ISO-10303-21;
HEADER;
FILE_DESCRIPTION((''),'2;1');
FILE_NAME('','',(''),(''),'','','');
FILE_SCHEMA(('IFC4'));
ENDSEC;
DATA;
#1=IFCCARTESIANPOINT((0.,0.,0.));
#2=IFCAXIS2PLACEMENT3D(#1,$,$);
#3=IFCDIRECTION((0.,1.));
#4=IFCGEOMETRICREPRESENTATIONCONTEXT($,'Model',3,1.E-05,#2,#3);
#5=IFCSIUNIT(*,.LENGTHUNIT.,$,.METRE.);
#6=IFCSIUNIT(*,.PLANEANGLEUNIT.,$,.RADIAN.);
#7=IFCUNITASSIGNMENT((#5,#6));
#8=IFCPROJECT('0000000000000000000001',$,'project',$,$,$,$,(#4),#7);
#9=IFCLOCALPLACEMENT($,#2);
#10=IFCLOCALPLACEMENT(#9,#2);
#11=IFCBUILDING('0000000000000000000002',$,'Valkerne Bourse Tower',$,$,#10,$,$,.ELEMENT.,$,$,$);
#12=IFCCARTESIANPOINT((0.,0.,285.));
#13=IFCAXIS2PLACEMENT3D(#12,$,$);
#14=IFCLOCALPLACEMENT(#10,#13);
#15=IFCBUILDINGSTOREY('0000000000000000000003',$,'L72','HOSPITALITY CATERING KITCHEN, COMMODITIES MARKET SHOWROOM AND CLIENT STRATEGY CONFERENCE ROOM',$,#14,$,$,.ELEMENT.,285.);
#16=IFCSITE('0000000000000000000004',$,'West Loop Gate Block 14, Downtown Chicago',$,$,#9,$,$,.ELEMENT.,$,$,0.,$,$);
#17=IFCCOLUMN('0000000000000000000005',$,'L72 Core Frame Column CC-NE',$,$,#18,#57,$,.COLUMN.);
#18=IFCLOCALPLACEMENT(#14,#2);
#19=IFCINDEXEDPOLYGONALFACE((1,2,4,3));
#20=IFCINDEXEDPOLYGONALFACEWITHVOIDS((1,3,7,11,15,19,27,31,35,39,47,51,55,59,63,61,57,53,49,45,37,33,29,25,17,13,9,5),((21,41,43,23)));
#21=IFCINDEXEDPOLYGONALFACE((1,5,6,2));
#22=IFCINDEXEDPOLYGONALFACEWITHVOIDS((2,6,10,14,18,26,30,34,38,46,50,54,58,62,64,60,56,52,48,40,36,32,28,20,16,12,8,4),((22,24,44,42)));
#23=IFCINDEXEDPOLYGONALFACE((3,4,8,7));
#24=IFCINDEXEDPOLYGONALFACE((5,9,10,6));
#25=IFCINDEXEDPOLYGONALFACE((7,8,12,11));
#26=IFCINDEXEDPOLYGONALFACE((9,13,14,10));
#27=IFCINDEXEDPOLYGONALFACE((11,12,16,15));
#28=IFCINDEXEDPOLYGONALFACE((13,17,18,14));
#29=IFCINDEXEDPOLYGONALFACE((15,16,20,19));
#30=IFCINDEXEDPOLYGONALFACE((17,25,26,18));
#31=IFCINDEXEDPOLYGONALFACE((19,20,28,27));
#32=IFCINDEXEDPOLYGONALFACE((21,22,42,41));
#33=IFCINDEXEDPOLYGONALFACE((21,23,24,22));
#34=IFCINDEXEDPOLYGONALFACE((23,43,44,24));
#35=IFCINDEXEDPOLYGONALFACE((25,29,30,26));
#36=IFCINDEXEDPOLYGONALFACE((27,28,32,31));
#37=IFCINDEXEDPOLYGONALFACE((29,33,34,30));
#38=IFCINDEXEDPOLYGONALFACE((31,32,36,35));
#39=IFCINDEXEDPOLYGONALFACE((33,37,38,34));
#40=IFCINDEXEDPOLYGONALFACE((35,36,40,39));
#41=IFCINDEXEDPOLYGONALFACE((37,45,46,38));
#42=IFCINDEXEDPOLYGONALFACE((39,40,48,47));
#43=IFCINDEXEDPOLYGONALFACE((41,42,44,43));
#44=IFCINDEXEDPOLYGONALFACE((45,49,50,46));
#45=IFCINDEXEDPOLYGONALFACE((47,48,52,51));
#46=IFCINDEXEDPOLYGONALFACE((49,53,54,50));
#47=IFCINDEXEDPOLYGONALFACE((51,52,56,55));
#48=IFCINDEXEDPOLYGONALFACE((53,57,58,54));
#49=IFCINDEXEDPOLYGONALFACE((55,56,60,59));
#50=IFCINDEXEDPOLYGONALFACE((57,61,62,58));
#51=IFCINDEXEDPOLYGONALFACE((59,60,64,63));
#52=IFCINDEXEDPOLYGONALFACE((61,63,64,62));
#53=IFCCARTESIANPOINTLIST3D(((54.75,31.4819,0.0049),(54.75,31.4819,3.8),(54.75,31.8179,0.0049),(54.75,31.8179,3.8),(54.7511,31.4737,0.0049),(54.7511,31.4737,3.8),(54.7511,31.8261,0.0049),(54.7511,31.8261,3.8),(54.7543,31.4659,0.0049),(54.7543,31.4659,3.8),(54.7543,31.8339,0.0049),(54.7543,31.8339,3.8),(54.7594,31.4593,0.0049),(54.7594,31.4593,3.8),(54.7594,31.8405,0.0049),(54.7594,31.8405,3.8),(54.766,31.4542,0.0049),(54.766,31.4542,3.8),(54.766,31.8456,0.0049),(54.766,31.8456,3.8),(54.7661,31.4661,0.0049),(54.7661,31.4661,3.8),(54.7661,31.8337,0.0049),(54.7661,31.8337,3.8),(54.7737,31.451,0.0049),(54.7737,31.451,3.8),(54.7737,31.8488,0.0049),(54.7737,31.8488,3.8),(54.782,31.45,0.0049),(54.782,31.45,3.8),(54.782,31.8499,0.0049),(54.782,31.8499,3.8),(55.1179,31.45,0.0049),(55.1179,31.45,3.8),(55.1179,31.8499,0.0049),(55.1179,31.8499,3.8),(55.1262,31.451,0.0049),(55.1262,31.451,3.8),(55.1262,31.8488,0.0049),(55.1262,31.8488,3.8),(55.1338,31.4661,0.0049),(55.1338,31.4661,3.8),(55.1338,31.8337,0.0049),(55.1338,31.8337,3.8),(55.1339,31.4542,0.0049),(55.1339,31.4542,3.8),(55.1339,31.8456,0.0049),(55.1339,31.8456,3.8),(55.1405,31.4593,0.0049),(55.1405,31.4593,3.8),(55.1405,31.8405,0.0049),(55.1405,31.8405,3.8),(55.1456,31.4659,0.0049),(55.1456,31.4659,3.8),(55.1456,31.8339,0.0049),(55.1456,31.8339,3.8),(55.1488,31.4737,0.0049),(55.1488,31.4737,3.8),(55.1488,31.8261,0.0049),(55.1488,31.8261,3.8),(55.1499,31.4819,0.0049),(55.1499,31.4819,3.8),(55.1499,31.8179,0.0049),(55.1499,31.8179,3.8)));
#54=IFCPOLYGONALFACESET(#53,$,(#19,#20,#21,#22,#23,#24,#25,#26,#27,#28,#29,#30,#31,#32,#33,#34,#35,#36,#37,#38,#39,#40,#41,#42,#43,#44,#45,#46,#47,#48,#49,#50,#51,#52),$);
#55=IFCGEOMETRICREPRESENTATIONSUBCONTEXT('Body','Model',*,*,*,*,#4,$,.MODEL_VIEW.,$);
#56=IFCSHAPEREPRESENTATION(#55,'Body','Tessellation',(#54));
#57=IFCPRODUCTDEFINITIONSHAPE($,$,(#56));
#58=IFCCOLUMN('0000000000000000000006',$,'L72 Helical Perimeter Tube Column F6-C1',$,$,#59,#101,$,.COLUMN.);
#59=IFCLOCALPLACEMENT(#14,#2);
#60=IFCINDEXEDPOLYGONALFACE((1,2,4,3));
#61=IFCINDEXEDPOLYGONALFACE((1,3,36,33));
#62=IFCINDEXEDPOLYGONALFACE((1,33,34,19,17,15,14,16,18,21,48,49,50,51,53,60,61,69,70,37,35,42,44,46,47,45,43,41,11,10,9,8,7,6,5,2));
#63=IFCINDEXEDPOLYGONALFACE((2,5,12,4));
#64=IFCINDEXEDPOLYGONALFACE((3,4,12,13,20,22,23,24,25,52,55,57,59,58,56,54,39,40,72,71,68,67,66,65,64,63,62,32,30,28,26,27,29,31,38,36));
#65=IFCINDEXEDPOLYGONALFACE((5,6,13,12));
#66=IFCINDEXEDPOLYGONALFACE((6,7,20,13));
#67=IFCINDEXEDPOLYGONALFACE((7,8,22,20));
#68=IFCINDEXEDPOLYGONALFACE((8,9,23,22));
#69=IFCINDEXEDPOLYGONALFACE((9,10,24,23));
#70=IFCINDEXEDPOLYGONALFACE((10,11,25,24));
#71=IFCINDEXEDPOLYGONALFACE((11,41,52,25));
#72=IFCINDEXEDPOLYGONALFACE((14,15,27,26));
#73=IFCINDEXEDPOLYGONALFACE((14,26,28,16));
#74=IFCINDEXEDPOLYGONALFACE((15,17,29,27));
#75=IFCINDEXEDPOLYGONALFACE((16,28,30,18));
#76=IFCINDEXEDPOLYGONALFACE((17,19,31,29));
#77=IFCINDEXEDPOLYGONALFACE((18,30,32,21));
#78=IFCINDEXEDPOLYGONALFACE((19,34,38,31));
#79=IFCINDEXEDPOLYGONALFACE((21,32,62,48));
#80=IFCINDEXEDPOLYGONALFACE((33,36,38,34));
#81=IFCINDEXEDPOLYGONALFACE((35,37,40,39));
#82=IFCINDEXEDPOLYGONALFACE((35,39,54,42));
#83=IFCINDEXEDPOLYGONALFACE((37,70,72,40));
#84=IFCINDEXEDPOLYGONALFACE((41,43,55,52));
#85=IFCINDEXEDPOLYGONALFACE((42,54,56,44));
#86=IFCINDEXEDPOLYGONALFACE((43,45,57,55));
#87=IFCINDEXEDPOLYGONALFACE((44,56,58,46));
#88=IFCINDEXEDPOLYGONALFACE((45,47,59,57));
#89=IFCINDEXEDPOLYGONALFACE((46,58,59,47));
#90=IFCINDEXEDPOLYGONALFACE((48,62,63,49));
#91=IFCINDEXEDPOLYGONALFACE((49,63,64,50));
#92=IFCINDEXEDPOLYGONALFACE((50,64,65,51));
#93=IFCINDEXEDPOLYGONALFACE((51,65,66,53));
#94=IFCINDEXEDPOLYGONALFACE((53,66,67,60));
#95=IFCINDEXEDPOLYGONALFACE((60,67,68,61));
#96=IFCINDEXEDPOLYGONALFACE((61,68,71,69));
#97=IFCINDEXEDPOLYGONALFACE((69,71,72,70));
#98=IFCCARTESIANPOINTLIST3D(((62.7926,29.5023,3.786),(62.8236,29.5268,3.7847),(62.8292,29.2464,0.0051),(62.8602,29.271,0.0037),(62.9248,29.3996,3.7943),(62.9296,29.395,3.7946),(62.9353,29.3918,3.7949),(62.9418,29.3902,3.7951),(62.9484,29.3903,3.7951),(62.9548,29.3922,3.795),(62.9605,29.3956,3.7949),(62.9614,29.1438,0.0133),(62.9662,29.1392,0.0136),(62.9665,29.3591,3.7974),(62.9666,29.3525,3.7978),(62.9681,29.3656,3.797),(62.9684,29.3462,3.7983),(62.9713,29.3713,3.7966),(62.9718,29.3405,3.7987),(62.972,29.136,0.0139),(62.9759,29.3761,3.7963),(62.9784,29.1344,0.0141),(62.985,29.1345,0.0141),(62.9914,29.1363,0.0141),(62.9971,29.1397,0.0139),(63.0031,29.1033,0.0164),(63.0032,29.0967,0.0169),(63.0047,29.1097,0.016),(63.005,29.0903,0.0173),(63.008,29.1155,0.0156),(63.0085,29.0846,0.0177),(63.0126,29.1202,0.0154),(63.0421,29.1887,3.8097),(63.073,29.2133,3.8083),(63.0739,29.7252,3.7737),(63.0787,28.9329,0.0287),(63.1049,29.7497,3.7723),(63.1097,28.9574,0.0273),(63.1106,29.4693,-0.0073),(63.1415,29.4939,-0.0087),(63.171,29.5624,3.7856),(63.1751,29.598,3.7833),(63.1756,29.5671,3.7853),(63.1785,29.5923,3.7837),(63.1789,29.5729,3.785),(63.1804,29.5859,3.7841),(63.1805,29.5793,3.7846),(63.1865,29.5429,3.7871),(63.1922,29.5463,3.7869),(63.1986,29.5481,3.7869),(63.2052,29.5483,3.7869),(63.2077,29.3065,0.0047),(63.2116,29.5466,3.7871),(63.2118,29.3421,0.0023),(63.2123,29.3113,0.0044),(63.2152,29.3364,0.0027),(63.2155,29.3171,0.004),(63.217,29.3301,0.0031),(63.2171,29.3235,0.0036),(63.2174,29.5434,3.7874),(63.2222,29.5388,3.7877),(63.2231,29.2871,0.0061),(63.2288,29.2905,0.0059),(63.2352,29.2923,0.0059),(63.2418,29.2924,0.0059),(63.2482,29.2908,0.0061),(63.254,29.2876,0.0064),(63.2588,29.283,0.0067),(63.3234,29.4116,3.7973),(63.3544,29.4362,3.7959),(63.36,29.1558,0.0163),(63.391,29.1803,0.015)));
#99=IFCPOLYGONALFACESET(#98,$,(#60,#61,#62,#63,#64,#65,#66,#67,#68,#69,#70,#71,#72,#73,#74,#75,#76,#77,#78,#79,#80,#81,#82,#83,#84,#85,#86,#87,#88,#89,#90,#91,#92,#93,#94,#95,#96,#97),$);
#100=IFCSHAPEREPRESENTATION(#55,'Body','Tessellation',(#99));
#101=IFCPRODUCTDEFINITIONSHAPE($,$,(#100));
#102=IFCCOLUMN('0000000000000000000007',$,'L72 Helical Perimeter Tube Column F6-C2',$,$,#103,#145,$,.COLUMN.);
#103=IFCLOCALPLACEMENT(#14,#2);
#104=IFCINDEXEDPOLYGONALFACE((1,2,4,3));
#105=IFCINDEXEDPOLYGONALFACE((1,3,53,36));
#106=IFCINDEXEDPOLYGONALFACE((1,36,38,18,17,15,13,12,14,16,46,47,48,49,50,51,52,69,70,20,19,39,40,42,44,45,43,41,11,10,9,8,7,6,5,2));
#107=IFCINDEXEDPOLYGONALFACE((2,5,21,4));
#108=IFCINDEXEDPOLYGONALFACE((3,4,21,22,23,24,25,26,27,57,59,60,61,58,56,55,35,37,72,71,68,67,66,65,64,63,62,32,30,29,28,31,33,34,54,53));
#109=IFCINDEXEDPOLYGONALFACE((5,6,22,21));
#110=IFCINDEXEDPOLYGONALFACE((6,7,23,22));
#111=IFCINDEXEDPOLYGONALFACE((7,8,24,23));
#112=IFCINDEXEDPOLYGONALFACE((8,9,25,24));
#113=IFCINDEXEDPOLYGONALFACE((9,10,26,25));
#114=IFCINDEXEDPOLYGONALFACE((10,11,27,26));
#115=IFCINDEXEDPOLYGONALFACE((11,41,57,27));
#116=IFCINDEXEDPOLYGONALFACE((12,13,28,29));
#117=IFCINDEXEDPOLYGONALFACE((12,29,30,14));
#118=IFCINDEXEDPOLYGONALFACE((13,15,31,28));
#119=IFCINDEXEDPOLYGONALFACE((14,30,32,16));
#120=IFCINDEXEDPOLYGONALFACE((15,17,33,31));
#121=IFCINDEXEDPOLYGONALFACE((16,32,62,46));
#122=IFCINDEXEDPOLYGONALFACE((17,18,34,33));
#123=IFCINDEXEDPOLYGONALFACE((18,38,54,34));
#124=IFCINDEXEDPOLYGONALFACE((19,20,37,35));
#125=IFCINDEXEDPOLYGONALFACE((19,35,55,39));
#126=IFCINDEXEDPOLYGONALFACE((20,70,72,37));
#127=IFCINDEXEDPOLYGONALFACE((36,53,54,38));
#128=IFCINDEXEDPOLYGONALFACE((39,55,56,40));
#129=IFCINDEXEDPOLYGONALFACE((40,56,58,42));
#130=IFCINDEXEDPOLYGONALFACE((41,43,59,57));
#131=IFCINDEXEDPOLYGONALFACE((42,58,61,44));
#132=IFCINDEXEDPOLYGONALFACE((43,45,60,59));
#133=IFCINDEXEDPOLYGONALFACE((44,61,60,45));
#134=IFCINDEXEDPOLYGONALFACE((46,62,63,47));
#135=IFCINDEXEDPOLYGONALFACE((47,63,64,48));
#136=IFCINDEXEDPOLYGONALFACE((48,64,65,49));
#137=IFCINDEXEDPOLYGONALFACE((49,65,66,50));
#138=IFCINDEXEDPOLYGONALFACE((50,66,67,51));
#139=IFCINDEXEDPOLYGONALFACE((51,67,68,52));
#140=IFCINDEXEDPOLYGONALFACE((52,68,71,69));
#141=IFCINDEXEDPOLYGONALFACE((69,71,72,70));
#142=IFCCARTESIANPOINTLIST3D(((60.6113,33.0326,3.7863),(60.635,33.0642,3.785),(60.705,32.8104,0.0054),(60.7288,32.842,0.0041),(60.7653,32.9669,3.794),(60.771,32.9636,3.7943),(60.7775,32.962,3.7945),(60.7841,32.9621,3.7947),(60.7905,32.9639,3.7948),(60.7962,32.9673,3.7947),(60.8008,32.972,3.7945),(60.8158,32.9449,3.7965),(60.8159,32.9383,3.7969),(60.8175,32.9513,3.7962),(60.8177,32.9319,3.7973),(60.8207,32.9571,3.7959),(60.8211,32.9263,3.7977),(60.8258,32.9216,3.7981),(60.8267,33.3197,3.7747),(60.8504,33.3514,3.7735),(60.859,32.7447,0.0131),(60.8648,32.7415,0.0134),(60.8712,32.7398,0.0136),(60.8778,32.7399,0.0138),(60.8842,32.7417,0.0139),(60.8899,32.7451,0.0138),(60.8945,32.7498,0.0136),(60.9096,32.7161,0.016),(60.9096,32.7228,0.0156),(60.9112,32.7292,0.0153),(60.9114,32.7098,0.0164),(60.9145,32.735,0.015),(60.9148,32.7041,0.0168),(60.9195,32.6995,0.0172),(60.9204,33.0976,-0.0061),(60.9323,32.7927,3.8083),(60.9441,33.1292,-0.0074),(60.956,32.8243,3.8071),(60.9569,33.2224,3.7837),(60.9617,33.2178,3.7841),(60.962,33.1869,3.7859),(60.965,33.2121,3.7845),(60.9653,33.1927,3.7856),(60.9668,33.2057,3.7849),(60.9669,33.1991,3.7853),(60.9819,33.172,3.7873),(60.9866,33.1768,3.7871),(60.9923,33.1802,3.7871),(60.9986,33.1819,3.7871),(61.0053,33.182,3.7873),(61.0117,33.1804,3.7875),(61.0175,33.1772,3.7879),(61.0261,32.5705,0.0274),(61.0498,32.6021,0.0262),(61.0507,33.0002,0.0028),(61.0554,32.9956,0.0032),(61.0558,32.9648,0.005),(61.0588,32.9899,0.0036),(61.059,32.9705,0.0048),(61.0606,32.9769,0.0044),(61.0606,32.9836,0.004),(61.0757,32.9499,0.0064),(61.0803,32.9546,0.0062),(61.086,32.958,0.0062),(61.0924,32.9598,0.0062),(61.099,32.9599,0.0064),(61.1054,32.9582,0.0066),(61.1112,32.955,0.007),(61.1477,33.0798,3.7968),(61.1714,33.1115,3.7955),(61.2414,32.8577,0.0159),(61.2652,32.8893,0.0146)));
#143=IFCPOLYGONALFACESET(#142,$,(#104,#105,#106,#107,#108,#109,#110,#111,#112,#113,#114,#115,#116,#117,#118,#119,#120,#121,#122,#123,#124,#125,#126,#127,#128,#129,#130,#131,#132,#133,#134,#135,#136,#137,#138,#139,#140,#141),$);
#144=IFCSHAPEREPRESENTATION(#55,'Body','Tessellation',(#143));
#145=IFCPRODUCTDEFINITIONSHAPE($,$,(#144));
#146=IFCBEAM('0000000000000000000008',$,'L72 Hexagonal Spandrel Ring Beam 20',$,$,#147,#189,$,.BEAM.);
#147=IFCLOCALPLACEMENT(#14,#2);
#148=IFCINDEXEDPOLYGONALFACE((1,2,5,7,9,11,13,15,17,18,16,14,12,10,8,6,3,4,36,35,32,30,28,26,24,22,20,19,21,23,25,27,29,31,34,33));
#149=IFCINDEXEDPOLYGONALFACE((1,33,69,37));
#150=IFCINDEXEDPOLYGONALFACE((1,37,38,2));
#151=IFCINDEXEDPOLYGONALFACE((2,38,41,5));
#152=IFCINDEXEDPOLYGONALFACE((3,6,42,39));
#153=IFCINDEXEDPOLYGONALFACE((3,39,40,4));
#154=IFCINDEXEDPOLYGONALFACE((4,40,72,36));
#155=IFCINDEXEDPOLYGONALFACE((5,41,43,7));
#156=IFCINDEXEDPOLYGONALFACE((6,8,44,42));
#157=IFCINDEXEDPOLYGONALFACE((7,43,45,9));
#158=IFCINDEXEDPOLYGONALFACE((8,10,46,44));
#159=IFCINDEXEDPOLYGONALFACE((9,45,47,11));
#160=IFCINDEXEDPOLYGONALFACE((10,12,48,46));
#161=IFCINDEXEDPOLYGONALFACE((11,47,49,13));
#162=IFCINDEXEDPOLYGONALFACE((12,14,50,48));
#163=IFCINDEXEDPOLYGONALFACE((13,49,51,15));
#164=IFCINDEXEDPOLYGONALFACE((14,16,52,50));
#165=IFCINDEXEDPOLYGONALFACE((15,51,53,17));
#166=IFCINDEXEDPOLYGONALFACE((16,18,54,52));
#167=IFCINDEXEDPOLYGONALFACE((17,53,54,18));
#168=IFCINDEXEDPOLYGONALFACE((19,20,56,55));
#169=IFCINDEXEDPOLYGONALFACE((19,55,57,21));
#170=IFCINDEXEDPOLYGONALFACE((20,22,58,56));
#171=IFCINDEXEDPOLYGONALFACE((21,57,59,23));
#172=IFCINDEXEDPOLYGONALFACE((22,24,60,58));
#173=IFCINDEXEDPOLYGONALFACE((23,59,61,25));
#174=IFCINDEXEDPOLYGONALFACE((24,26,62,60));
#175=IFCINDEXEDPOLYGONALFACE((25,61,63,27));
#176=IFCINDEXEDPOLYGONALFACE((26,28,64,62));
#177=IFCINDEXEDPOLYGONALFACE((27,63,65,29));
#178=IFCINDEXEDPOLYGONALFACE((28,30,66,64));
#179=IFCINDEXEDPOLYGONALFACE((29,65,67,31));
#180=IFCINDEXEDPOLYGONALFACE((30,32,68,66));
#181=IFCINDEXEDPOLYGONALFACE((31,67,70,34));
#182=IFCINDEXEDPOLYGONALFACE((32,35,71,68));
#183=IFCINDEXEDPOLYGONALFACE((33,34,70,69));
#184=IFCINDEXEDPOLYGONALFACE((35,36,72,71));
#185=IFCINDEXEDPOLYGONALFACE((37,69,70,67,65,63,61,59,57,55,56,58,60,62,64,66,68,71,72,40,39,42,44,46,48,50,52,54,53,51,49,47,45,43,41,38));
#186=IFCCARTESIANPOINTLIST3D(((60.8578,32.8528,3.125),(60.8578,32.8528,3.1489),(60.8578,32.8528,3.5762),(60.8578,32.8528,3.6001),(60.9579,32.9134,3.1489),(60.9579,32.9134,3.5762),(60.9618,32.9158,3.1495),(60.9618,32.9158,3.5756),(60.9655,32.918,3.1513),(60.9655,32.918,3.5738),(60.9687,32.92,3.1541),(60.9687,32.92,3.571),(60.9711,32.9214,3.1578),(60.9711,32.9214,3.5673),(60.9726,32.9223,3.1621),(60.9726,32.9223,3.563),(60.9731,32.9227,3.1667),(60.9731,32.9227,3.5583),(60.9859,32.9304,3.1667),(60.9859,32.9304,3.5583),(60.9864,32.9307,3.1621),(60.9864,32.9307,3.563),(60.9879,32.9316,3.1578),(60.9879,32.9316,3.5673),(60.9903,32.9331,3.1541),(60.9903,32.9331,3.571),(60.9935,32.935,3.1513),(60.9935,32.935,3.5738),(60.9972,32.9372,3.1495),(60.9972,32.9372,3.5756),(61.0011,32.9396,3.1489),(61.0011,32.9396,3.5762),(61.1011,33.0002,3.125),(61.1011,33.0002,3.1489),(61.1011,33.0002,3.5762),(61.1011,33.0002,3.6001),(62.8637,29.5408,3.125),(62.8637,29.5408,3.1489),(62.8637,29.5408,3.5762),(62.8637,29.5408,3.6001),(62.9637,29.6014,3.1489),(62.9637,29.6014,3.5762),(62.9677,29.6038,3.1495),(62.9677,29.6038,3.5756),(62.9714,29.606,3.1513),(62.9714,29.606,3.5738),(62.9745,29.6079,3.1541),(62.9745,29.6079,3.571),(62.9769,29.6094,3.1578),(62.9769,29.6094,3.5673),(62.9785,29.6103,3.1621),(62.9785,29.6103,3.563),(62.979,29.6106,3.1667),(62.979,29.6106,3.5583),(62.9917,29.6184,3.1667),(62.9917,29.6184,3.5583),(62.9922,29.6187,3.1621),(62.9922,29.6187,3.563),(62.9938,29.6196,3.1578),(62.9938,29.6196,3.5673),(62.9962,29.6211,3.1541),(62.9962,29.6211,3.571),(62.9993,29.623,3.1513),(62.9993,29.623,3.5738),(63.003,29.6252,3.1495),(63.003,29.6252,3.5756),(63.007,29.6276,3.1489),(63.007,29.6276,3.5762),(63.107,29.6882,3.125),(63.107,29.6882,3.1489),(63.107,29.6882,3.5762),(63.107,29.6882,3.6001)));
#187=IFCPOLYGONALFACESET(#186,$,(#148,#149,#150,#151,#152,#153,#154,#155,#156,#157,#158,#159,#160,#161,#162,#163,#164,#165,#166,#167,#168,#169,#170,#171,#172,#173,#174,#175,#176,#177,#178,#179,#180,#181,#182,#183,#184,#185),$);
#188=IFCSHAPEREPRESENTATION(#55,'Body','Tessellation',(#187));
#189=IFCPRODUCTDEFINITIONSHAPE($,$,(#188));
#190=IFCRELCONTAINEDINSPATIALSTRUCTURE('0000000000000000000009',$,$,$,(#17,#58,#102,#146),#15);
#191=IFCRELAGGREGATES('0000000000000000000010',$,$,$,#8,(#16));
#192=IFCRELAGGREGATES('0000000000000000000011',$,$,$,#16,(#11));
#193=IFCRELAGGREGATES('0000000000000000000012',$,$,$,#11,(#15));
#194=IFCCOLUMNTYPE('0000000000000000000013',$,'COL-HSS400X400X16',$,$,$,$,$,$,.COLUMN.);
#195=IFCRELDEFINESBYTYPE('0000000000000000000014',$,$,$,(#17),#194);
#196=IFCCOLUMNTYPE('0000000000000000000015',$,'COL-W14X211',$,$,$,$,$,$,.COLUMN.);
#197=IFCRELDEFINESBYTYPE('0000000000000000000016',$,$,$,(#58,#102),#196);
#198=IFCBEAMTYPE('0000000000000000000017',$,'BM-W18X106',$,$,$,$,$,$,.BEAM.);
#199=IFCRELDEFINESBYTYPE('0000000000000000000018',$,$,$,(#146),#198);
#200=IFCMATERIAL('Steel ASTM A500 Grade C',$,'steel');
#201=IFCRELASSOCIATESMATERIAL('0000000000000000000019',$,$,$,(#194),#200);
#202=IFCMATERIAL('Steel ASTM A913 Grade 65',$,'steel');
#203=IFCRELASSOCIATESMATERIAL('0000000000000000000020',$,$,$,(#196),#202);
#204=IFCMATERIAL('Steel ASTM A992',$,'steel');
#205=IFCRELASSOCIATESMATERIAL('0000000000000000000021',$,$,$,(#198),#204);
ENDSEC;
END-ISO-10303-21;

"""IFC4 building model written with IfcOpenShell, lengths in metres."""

from ifc_helpers import new_model, si_unit, direction, frame, origin, origin_2d, place, context, subcontext, project, spatial, hollow_rectangle, i_section, extrude, material, material_profile, profile_set, type_object, element, save


model = new_model("IFC4")

# Units and contexts
model_context = context("Model", 3, precision=1e-05, world=origin(), true_north=direction((0.0, 1.0)))
body_context = subcontext(model_context, "Body", "Model", "MODEL_VIEW")
ifc_project = project(units=[si_unit("LENGTHUNIT", "METRE"), si_unit("PLANEANGLEUNIT", "RADIAN")], contexts=[model_context])

# Site, building, storey
site_placement = place(None, origin())
site = spatial("IfcSite", under=ifc_project, at=site_placement, Name="West Loop Gate Block 14, Downtown Chicago", CompositionType="ELEMENT", RefElevation=0.0)
building_placement = place(site_placement, origin())
building = spatial("IfcBuilding", under=site, at=building_placement, Name="Valkerne Bourse Tower", CompositionType="ELEMENT")
storey_placement = place(building_placement, frame((0.0, 0.0, 285.0)))
storey = spatial("IfcBuildingStorey", under=building, at=storey_placement, Name="L72", Description="HOSPITALITY CATERING KITCHEN, COMMODITIES MARKET SHOWROOM AND CLIENT STRATEGY CONFERENCE ROOM", CompositionType="ELEMENT", Elevation=285.0)

# Columns
ifc_material_1 = material(Name="Steel ASTM A500 Grade C", Category="steel")
ifc_material_profile_1 = material_profile(ifc_material_1, hollow_rectangle(XDim=0.3999, YDim=0.3999, WallThickness=0.0161, OuterFilletRadius=0.032, at=origin_2d()), Name="HSS400X400X16")
ifc_profile_set_1 = profile_set([ifc_material_profile_1], Name="Steel ASTM A500 Grade C")
column_type_1 = type_object("IfcColumnType", Name="COL-HSS400X400X16", PredefinedType="COLUMN", material=ifc_profile_set_1)
column_1_placement = place(storey_placement, frame((54.95, 31.6499, 0.0049), z_axis=(0.0, 0.0, 1.0), x_axis=(1.0, 0.0, 0.0)))
element("IfcColumn", 1, at=column_1_placement, inside=storey, type_object=column_type_1, Name="L72 Core Frame Column CC-NE", PredefinedType="COLUMN", context=body_context, shape_type="SweptSolid", body=[
    extrude(hollow_rectangle(XDim=0.3999, YDim=0.3999, WallThickness=0.0161, OuterFilletRadius=0.032, at=origin_2d()), origin(), (0.0, 0.0, 1.0), 3.7952),
])
ifc_material_2 = material(Name="Steel ASTM A913 Grade 65", Category="steel")
ifc_material_profile_2 = material_profile(ifc_material_2, i_section(OverallWidth=0.4014, OverallDepth=0.3987, WebThickness=0.0249, FlangeThickness=0.0396, FilletRadius=0.0254, at=origin_2d()), Name="W14X211")
ifc_profile_set_2 = profile_set([ifc_material_profile_2], Name="Steel ASTM A913 Grade 65")
column_type_2 = type_object("IfcColumnType", Name="COL-W14X211", PredefinedType="COLUMN", material=ifc_profile_set_2)
column_2_placement = place(storey_placement, frame((63.1101, 29.2134, 0.01), z_axis=(-0.009663, 0.067512, 0.997672), x_axis=(0.621484, -0.781211, 0.058884)))
element("IfcColumn", 2, at=column_2_placement, inside=storey, type_object=column_type_2, Name="L72 Helical Perimeter Tube Column F6-C1", PredefinedType="COLUMN", context=body_context, shape_type="SweptSolid", body=[
    extrude(i_section(OverallWidth=0.4014, OverallDepth=0.3987, WebThickness=0.0249, FlangeThickness=0.0396, FilletRadius=0.0254, at=origin_2d()), origin(), (0.0, 0.0, 1.0), 3.7898),
])
column_3_placement = place(storey_placement, frame((60.9851, 32.8499, 0.01), z_axis=(-0.024745, 0.05864, 0.997972), x_axis=(0.799828, -0.597709, 0.054952)))
element("IfcColumn", 3, at=column_3_placement, inside=storey, type_object=column_type_2, Name="L72 Helical Perimeter Tube Column F6-C2", PredefinedType="COLUMN", context=body_context, shape_type="SweptSolid", body=[
    extrude(i_section(OverallWidth=0.4014, OverallDepth=0.3987, WebThickness=0.0249, FlangeThickness=0.0396, FilletRadius=0.0254, at=origin_2d()), origin(), (0.0, 0.0, 1.0), 3.7886),
])

# Beam
ifc_material_3 = material(Name="Steel ASTM A992", Category="steel")
ifc_material_profile_3 = material_profile(ifc_material_3, i_section(OverallWidth=0.2844, OverallDepth=0.4751, WebThickness=0.0149, FlangeThickness=0.0239, FilletRadius=0.0178, at=origin_2d()), Name="W18X106")
ifc_profile_set_3 = profile_set([ifc_material_profile_3], Name="Steel ASTM A992")
beam_type_1 = type_object("IfcBeamType", Name="BM-W18X106", PredefinedType="BEAM", material=ifc_profile_set_3)
beam_1_placement = place(storey_placement, frame((62.9854, 29.6145, 3.3625), z_axis=(-0.518033, 0.85536, 0.0), x_axis=(-0.85536, -0.518033, 0.0)))
element("IfcBeam", 4, at=beam_1_placement, inside=storey, type_object=beam_type_1, Name="L72 Hexagonal Spandrel Ring Beam 20", PredefinedType="BEAM", context=body_context, shape_type="SweptSolid", body=[
    extrude(i_section(OverallWidth=0.2844, OverallDepth=0.4751, WebThickness=0.0149, FlangeThickness=0.0239, FilletRadius=0.0178, at=origin_2d()), origin(), (0.0, 0.0, 1.0), 3.8721),
])

save(model, "model.ifc")
